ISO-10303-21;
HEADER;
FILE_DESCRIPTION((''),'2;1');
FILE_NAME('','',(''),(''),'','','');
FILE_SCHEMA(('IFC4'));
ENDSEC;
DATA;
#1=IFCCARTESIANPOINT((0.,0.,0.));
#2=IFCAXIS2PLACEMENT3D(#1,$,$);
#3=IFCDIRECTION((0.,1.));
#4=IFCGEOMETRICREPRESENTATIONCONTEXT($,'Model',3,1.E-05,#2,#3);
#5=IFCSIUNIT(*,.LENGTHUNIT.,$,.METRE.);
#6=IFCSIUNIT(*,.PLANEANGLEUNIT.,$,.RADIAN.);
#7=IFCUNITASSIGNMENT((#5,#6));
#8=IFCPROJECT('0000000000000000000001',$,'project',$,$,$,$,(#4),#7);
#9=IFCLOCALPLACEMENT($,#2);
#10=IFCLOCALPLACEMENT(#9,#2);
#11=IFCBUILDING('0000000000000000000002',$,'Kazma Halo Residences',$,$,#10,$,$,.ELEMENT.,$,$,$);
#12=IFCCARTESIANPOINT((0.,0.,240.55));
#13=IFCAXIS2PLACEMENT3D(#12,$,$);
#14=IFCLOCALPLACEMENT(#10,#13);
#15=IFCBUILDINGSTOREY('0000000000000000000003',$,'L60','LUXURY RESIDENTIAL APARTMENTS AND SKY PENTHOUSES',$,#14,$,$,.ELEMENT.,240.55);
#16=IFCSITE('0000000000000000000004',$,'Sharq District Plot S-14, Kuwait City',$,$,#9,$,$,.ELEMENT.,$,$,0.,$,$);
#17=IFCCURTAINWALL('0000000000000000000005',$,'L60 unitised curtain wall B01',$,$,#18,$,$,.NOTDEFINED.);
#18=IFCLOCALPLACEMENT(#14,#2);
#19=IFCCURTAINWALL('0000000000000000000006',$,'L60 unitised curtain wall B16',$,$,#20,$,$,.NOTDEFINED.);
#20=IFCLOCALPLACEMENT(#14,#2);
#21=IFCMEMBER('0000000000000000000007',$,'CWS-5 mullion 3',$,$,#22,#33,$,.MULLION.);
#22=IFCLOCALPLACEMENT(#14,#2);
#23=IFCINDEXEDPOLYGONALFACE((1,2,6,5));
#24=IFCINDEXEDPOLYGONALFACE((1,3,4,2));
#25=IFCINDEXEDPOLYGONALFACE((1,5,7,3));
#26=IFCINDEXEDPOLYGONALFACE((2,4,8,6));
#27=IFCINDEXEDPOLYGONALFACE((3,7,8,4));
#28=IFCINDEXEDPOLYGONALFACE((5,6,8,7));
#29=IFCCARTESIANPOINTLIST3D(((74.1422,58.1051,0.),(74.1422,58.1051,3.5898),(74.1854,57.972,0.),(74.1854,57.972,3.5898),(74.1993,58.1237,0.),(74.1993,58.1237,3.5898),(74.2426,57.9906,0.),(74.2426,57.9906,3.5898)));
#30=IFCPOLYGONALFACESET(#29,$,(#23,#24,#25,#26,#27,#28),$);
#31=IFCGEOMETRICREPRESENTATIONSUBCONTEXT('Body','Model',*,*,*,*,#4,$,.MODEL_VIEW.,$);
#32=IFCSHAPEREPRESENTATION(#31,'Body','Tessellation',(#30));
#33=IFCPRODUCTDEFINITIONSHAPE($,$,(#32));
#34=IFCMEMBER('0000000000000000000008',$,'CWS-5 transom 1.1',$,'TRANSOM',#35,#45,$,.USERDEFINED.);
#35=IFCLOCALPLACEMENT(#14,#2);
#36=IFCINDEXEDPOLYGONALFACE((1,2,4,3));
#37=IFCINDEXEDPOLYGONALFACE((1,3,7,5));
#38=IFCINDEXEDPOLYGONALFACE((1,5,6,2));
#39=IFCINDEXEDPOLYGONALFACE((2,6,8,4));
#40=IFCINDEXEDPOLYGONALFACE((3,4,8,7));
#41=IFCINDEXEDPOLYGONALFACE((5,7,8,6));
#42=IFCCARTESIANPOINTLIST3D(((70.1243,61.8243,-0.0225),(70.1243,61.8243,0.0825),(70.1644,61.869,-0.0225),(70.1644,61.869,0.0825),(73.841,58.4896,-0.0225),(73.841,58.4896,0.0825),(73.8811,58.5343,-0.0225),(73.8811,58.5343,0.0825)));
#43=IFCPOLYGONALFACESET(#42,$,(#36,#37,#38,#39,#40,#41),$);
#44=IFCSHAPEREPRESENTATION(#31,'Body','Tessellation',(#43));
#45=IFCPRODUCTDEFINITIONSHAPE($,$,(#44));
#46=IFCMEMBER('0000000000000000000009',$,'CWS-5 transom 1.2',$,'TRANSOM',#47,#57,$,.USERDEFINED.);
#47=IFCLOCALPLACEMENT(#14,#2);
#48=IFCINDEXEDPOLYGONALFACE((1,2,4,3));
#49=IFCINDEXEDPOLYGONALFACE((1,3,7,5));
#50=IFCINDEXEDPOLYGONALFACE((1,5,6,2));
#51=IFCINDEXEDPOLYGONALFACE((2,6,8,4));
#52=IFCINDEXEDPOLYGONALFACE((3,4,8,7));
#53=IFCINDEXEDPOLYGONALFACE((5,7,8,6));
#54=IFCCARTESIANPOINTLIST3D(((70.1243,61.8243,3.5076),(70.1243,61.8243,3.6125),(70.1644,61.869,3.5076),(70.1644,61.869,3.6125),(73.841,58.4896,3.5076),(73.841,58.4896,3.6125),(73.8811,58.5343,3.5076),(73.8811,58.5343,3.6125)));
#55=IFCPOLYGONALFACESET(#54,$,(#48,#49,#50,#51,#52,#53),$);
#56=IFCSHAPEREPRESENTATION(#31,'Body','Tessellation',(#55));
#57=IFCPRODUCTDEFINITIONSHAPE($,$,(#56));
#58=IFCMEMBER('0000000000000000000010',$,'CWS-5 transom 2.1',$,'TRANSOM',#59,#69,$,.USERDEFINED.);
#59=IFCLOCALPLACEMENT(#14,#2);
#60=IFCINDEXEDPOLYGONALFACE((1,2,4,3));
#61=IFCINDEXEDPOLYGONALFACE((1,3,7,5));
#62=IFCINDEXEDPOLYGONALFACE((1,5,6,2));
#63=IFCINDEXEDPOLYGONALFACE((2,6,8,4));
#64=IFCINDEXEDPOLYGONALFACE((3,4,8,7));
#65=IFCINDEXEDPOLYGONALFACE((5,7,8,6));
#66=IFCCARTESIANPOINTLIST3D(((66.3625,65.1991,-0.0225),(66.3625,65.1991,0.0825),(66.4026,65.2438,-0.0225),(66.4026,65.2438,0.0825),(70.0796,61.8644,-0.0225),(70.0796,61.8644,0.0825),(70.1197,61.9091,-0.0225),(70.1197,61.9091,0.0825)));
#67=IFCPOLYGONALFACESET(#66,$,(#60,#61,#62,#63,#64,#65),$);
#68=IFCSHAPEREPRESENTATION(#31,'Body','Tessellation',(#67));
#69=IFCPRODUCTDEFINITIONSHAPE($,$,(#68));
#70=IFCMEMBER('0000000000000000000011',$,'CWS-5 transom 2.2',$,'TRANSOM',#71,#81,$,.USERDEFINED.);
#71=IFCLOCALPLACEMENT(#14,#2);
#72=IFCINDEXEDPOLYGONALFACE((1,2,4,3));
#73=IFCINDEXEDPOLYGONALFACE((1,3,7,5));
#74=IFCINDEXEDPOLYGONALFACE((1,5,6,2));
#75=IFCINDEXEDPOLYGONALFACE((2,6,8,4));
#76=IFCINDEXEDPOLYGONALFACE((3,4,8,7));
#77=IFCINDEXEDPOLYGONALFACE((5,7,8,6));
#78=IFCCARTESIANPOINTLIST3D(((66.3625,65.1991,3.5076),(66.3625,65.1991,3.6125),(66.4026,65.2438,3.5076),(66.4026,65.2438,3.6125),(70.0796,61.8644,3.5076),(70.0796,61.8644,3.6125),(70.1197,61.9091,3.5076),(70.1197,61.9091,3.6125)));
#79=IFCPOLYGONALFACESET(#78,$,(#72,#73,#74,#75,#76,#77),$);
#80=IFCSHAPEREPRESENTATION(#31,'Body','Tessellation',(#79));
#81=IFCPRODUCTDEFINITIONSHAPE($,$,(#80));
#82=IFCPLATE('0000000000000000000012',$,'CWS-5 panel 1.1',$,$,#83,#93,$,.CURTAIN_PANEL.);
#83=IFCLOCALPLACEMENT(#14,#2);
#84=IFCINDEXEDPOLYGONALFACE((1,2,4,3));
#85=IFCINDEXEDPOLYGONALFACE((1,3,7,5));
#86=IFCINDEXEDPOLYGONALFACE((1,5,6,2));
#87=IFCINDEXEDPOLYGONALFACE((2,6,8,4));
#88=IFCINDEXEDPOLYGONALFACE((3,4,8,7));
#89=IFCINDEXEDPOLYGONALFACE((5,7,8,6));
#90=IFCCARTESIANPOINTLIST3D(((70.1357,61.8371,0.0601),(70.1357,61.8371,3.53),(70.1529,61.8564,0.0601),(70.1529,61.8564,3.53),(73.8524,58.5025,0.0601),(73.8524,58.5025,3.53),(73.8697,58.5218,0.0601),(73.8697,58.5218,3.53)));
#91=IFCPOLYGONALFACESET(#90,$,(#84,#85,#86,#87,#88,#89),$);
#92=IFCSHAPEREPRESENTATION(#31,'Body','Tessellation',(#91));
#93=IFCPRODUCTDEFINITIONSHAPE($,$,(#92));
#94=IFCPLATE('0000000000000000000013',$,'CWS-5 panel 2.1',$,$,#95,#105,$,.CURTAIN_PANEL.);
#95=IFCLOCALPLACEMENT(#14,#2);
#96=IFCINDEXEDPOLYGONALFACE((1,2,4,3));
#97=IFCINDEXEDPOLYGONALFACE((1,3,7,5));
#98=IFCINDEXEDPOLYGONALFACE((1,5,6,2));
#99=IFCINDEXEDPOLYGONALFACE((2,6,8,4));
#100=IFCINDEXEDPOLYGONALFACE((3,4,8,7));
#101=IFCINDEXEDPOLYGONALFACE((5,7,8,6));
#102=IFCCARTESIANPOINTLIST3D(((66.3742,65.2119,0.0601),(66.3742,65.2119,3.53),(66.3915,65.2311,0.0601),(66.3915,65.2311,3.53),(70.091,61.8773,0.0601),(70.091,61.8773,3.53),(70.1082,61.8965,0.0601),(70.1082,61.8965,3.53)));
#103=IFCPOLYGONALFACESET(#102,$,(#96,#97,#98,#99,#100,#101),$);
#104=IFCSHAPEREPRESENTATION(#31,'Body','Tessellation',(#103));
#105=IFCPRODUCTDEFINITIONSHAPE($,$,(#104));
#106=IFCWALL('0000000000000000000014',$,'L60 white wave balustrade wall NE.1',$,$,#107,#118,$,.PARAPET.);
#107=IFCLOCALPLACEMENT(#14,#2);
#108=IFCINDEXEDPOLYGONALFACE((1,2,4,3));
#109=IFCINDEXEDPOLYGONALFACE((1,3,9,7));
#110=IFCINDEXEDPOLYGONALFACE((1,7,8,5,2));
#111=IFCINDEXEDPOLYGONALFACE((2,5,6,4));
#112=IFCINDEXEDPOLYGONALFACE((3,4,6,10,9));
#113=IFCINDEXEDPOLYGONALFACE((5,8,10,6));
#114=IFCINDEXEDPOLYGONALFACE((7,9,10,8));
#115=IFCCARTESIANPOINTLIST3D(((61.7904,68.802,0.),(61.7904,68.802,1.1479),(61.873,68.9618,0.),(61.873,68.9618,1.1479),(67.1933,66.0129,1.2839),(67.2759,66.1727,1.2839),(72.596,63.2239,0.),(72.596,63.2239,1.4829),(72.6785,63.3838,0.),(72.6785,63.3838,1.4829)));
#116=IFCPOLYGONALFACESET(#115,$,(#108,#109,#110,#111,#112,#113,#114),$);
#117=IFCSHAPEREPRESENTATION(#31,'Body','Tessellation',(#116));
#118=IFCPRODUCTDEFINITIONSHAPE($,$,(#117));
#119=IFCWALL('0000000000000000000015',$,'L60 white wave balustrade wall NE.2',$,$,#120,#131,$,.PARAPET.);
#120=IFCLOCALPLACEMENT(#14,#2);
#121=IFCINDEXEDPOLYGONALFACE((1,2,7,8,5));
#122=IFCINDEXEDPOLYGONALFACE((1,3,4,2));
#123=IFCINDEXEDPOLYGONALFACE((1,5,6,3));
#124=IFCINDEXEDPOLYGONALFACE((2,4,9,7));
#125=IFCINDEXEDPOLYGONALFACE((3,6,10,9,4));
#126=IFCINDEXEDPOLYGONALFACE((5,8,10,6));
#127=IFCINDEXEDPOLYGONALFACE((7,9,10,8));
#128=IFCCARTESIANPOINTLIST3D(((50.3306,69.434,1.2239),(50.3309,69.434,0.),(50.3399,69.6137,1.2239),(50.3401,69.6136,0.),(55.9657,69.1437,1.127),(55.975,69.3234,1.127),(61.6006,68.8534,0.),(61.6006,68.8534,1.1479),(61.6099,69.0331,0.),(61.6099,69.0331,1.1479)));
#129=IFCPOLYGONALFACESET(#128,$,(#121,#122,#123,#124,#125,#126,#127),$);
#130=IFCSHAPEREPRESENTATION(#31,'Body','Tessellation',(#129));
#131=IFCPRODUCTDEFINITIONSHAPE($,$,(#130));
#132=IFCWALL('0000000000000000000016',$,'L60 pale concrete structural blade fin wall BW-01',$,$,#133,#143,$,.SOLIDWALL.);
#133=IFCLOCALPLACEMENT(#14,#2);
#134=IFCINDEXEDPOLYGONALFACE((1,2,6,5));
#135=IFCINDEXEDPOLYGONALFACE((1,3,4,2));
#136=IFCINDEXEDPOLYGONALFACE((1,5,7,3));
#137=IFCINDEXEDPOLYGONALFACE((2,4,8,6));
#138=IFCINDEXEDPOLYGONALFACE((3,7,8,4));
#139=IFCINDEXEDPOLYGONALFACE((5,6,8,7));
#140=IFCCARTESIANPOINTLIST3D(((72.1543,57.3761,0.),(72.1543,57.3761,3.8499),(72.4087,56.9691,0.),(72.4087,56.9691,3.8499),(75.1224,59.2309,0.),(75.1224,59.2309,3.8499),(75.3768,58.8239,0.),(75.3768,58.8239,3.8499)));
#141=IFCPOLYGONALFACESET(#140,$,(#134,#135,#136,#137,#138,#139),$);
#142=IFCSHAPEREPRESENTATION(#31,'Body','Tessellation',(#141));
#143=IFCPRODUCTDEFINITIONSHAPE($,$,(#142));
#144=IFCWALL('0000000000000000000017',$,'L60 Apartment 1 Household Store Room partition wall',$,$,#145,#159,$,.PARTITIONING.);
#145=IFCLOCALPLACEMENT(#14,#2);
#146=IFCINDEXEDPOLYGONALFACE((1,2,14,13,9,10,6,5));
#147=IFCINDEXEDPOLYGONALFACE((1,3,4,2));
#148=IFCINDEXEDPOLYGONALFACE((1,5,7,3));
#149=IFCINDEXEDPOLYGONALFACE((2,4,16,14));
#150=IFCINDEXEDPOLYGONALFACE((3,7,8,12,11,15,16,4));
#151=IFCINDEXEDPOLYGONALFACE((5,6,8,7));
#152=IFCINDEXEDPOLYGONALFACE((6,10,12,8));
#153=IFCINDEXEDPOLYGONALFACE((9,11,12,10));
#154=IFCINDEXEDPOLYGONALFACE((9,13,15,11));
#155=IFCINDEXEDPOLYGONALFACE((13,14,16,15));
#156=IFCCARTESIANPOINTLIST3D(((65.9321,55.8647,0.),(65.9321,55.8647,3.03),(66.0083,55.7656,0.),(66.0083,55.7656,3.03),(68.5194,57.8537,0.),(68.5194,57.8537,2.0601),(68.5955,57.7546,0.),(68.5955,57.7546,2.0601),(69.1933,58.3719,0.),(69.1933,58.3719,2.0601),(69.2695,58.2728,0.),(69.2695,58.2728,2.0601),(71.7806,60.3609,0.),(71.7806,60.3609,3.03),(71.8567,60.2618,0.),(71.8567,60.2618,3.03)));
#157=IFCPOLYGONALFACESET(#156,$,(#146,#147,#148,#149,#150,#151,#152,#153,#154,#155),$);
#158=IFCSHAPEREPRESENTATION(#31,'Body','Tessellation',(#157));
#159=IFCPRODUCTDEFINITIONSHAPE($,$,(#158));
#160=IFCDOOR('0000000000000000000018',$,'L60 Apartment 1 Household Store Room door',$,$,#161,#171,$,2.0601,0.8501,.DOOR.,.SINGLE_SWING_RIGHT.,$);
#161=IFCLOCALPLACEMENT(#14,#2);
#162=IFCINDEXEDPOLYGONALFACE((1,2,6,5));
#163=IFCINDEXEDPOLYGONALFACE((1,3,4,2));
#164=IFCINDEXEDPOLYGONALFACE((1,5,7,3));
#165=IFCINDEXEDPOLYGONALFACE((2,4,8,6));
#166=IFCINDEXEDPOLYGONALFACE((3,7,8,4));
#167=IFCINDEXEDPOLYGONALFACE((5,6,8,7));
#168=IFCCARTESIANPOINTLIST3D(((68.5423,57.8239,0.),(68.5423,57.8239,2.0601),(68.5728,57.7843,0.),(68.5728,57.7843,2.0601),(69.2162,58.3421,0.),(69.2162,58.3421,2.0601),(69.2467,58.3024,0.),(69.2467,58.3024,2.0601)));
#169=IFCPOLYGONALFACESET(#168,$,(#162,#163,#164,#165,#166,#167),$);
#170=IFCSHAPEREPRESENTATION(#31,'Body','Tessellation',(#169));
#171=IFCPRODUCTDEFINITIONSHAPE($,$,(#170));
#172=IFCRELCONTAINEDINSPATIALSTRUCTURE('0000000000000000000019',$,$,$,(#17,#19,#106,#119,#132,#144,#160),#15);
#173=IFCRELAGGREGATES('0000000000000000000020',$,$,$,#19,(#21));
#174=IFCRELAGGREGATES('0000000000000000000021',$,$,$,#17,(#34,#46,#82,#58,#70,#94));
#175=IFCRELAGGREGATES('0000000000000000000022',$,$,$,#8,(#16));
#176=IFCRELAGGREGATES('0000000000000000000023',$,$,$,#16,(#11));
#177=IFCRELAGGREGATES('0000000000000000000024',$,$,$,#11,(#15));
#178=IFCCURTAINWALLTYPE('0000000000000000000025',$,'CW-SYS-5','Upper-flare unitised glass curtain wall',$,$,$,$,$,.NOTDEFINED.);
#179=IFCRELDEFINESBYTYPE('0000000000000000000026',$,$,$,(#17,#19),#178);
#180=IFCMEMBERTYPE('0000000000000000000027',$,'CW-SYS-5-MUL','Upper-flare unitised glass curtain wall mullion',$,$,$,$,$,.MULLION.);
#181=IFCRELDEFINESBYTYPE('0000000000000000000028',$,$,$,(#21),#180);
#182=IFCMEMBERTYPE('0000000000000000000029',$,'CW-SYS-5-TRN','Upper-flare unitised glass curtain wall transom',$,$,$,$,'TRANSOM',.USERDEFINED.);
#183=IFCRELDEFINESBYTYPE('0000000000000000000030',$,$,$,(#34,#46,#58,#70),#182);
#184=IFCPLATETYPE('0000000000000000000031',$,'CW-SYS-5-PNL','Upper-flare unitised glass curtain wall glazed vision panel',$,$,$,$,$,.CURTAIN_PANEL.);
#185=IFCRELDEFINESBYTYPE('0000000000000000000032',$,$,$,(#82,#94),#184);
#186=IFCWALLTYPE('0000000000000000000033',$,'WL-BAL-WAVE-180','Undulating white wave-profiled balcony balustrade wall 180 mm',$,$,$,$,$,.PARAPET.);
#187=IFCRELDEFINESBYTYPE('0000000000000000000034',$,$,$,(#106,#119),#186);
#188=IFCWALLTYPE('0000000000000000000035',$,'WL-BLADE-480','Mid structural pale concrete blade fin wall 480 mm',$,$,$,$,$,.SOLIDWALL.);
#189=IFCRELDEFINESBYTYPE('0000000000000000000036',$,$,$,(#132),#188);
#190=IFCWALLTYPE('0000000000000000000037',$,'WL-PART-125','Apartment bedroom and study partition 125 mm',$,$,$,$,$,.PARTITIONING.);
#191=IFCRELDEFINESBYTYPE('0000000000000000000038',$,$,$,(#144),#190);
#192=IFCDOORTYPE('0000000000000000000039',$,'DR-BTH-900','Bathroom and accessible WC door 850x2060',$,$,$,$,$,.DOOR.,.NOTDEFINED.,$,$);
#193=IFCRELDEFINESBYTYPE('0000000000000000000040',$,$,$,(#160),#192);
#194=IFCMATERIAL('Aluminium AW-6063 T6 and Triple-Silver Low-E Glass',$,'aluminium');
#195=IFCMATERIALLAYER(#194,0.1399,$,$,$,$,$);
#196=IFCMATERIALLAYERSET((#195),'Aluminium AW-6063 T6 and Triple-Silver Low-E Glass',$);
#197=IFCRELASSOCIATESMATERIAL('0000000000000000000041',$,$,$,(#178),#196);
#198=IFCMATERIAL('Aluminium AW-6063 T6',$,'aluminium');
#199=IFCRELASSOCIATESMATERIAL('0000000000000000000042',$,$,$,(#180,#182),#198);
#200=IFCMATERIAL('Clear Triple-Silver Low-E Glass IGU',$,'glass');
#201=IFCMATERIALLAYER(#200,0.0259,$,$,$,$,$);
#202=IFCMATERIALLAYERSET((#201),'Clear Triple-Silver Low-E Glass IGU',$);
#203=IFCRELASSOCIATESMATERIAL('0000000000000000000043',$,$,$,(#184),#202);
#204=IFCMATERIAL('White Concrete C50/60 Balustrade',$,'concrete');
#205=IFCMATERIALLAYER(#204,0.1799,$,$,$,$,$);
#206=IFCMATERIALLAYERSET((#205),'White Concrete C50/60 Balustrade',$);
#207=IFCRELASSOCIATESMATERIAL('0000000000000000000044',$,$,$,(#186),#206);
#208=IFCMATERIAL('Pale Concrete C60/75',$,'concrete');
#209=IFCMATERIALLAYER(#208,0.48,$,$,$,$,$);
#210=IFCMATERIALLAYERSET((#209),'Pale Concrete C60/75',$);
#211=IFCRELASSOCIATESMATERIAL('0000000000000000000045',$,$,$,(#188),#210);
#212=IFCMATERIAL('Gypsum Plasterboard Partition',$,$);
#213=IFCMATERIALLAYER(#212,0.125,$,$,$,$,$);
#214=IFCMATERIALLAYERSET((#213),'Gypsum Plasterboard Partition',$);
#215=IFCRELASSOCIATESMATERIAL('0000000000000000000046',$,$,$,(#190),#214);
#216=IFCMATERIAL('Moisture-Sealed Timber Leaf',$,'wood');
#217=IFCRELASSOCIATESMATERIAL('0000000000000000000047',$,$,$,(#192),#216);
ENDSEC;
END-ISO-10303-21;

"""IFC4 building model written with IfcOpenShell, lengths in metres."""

from ifc_helpers import new_model, si_unit, direction, frame, frame_2d, origin, origin_2d, place, context, subcontext, project, spatial, polyline, rectangle, outline, extrude, material, layer, layer_set, material_profile, profile_set, type_object, element, fill, aggregate, save


model = new_model("IFC4")

# Units and contexts
model_context = context("Model", 3, precision=1e-05, world=origin(), true_north=direction((0.0, 1.0)))
body_context = subcontext(model_context, "Body", "Model", "MODEL_VIEW")
ifc_project = project(units=[si_unit("LENGTHUNIT", "METRE"), si_unit("PLANEANGLEUNIT", "RADIAN")], contexts=[model_context])

# Site, building, storey
site_placement = place(None, origin())
site = spatial("IfcSite", under=ifc_project, at=site_placement, Name="Sharq District Plot S-14, Kuwait City", CompositionType="ELEMENT", RefElevation=0.0)
building_placement = place(site_placement, origin())
building = spatial("IfcBuilding", under=site, at=building_placement, Name="Kazma Halo Residences", CompositionType="ELEMENT")
storey_placement = place(building_placement, frame((0.0, 0.0, 240.55)))
storey = spatial("IfcBuildingStorey", under=building, at=storey_placement, Name="L60", Description="LUXURY RESIDENTIAL APARTMENTS AND SKY PENTHOUSES", CompositionType="ELEMENT", Elevation=240.55)

# Curtain wall
ifc_material_1 = material(Name="Aluminium AW-6063 T6 and Triple-Silver Low-E Glass", Category="aluminium")
ifc_layer_1 = layer(ifc_material_1, 0.1399)
ifc_layer_set_1 = layer_set([ifc_layer_1], Name="Aluminium AW-6063 T6 and Triple-Silver Low-E Glass")
curtain_wall_type = type_object("IfcCurtainWallType", Name="CW-SYS-5", Description="Upper-flare unitised glass curtain wall", PredefinedType="NOTDEFINED", material=ifc_layer_set_1)
curtain_wall_1_placement = place(storey_placement, origin())
curtain_wall_1 = element("IfcCurtainWall", 1, at=curtain_wall_1_placement, inside=storey, type_object=curtain_wall_type, Name="L60 unitised curtain wall B01", PredefinedType="NOTDEFINED")
ifc_material_2 = material(Name="Aluminium AW-6063 T6", Category="aluminium")
ifc_material_profile_1 = material_profile(ifc_material_2, rectangle(XDim=0.0601, YDim=0.1399, at=origin_2d()), Name="CWM-60x140")
ifc_profile_set_1 = profile_set([ifc_material_profile_1], Name="Aluminium AW-6063 T6")
member_type_1 = type_object("IfcMemberType", Name="CW-SYS-5-MUL", Description="Upper-flare unitised glass curtain wall mullion", PredefinedType="MULLION", material=ifc_profile_set_1)

# Curtain wall, member
curtain_wall_2_placement = place(storey_placement, origin())
curtain_wall_2 = element("IfcCurtainWall", 2, at=curtain_wall_2_placement, inside=storey, type_object=curtain_wall_type, Name="L60 unitised curtain wall B16", PredefinedType="NOTDEFINED")
member_1_placement = place(storey_placement, frame((74.1924, 58.0479, 0.0), z_axis=(0.0, 0.0, 1.0), x_axis=(-0.951058, -0.309011, 0.0)))
member_1 = element("IfcMember", 3, at=member_1_placement, type_object=member_type_1, Name="CWS-5 mullion 3", PredefinedType="MULLION", context=body_context, shape_type="SweptSolid", body=[
    extrude(rectangle(XDim=0.0601, YDim=0.1399, at=origin_2d()), origin(), (0.0, 0.0, 1.0), 3.5898),
])
aggregate(curtain_wall_2, [member_1])

# Members
ifc_material_profile_2 = material_profile(ifc_material_2, rectangle(XDim=0.0601, YDim=0.105, at=origin_2d()), Name="CWT-60x105")
ifc_profile_set_2 = profile_set([ifc_material_profile_2], Name="Aluminium AW-6063 T6")
member_type_2 = type_object("IfcMemberType", Name="CW-SYS-5-TRN", Description="Upper-flare unitised glass curtain wall transom", ElementType="TRANSOM", PredefinedType="USERDEFINED", material=ifc_profile_set_2)
member_2_placement = place(storey_placement, frame((73.8611, 58.512, 0.03), z_axis=(-0.744329, 0.667813, 0.0), x_axis=(-0.667813, -0.744329, 0.0)))
member_2 = element("IfcMember", 4, at=member_2_placement, type_object=member_type_2, Name="CWS-5 transom 1.1", ObjectType="TRANSOM", PredefinedType="USERDEFINED", context=body_context, shape_type="SweptSolid", body=[
    extrude(rectangle(XDim=0.0601, YDim=0.105, at=origin_2d()), origin(), (0.0, 0.0, 1.0), 4.9934),
])
member_3_placement = place(storey_placement, frame((73.8611, 58.512, 3.5601), z_axis=(-0.744329, 0.667813, 0.0), x_axis=(-0.667813, -0.744329, 0.0)))
member_3 = element("IfcMember", 5, at=member_3_placement, type_object=member_type_2, Name="CWS-5 transom 1.2", ObjectType="TRANSOM", PredefinedType="USERDEFINED", context=body_context, shape_type="SweptSolid", body=[
    extrude(rectangle(XDim=0.0601, YDim=0.105, at=origin_2d()), origin(), (0.0, 0.0, 1.0), 4.9934),
])
member_4_placement = place(storey_placement, frame((70.0996, 61.8867, 0.03), z_axis=(-0.744351, 0.667789, 0.0), x_axis=(-0.667789, -0.744351, 0.0)))
member_4 = element("IfcMember", 6, at=member_4_placement, type_object=member_type_2, Name="CWS-5 transom 2.1", ObjectType="TRANSOM", PredefinedType="USERDEFINED", context=body_context, shape_type="SweptSolid", body=[
    extrude(rectangle(XDim=0.0601, YDim=0.105, at=origin_2d()), origin(), (0.0, 0.0, 1.0), 4.9937),
])
member_5_placement = place(storey_placement, frame((70.0996, 61.8867, 3.5601), z_axis=(-0.744351, 0.667789, 0.0), x_axis=(-0.667789, -0.744351, 0.0)))
member_5 = element("IfcMember", 7, at=member_5_placement, type_object=member_type_2, Name="CWS-5 transom 2.2", ObjectType="TRANSOM", PredefinedType="USERDEFINED", context=body_context, shape_type="SweptSolid", body=[
    extrude(rectangle(XDim=0.0601, YDim=0.105, at=origin_2d()), origin(), (0.0, 0.0, 1.0), 4.9937),
])

# Plates
ifc_material_3 = material(Name="Clear Triple-Silver Low-E Glass IGU", Category="glass")
ifc_layer_2 = layer(ifc_material_3, 0.0259)
ifc_layer_set_2 = layer_set([ifc_layer_2], Name="Clear Triple-Silver Low-E Glass IGU")
plate_type = type_object("IfcPlateType", Name="CW-SYS-5-PNL", Description="Upper-flare unitised glass curtain wall glazed vision panel", PredefinedType="CURTAIN_PANEL", material=ifc_layer_set_2)
plate_1_placement = place(storey_placement, frame((72.0027, 60.1794, 0.0601), z_axis=(0.0, 0.0, 1.0), x_axis=(-0.744336, 0.667805, 0.0)))
plate_1 = element("IfcPlate", 8, at=plate_1_placement, type_object=plate_type, Name="CWS-5 panel 1.1", PredefinedType="CURTAIN_PANEL", context=body_context, shape_type="SweptSolid", body=[
    extrude(rectangle(XDim=4.9934, YDim=0.0259, at=origin_2d()), origin(), (0.0, 0.0, 1.0), 3.47),
])
plate_2_placement = place(storey_placement, frame((68.2412, 63.5542, 0.0601), z_axis=(0.0, 0.0, 1.0), x_axis=(-0.744336, 0.667805, 0.0)))
plate_2 = element("IfcPlate", 9, at=plate_2_placement, type_object=plate_type, Name="CWS-5 panel 2.1", PredefinedType="CURTAIN_PANEL", context=body_context, shape_type="SweptSolid", body=[
    extrude(rectangle(XDim=4.9934, YDim=0.0259, at=origin_2d()), origin(), (0.0, 0.0, 1.0), 3.47),
])
aggregate(curtain_wall_1, [member_2, member_3, plate_1, member_4, member_5, plate_2])

# Walls
ifc_material_4 = material(Name="White Concrete C50/60 Balustrade", Category="concrete")
ifc_layer_3 = layer(ifc_material_4, 0.1799)
ifc_layer_set_3 = layer_set([ifc_layer_3], Name="White Concrete C50/60 Balustrade")
wall_type_1 = type_object("IfcWallType", Name="WL-BAL-WAVE-180", Description="Undulating white wave-profiled balcony balustrade wall 180 mm", PredefinedType="PARAPET", material=ifc_layer_set_3)
wall_1_placement = place(storey_placement, frame((72.6372, 63.3037, 0.0), z_axis=(0.0, 0.0, 1.0), x_axis=(-0.888587, 0.458708, 0.0)))
element("IfcWall", 10, at=wall_1_placement, inside=storey, type_object=wall_type_1, Name="L60 white wave balustrade wall NE.1", PredefinedType="PARAPET", context=body_context, shape_type="SweptSolid", body=[
    extrude(outline(polyline([(0.0, 0.0), (12.1604, 0.0), (12.1604, 1.1479), (6.0801, 1.2839), (0.0, 1.4829), (0.0, 0.0)])), frame((0.0, 0.0898, 0.0), z_axis=(0.0, -1.0, 0.0), x_axis=(1.0, 0.0, 0.0)), (0.0, 0.0, 1.0), 0.1799),
])
wall_2_placement = place(storey_placement, frame((61.6052, 68.9431, 0.0), z_axis=(0.0, 0.0, 1.0), x_axis=(-0.998676, 0.051447, 0.0)))
element("IfcWall", 11, at=wall_2_placement, inside=storey, type_object=wall_type_1, Name="L60 white wave balustrade wall NE.2", PredefinedType="PARAPET", context=body_context, shape_type="SweptSolid", body=[
    extrude(outline(polyline([(0.0, 0.0), (11.2847, 0.0), (11.2849, 1.2239), (5.6423, 1.127), (0.0, 1.1479), (0.0, 0.0)])), frame((0.0, 0.0898, 0.0), z_axis=(0.0, -1.0, 0.0), x_axis=(1.0, 0.0, 0.0)), (0.0, 0.0, 1.0), 0.1799),
])
ifc_material_5 = material(Name="Pale Concrete C60/75", Category="concrete")
ifc_layer_4 = layer(ifc_material_5, 0.48)
ifc_layer_set_4 = layer_set([ifc_layer_4], Name="Pale Concrete C60/75")
wall_type_2 = type_object("IfcWallType", Name="WL-BLADE-480", Description="Mid structural pale concrete blade fin wall 480 mm", PredefinedType="SOLIDWALL", material=ifc_layer_set_4)
wall_3_placement = place(storey_placement, frame((72.2815, 57.1726, 0.0), z_axis=(0.0, 0.0, 1.0), x_axis=(0.848034, 0.529943, 0.0)))
element("IfcWall", 12, at=wall_3_placement, inside=storey, type_object=wall_type_2, Name="L60 pale concrete structural blade fin wall BW-01", PredefinedType="SOLIDWALL", context=body_context, shape_type="SweptSolid", body=[
    extrude(rectangle(XDim=3.5, YDim=0.48, at=frame_2d((1.75, 0.0))), origin(), (0.0, 0.0, 1.0), 3.8499),
])

# Wall, opening, door
ifc_material_6 = material(Name="Gypsum Plasterboard Partition")
ifc_layer_5 = layer(ifc_material_6, 0.125)
ifc_layer_set_5 = layer_set([ifc_layer_5], Name="Gypsum Plasterboard Partition")
wall_type_3 = type_object("IfcWallType", Name="WL-PART-125", Description="Apartment bedroom and study partition 125 mm", PredefinedType="PARTITIONING", material=ifc_layer_set_5)
wall_4_placement = place(storey_placement, frame((65.9702, 55.8152, 0.0), z_axis=(0.0, 0.0, 1.0), x_axis=(0.792799, 0.609484, 0.0)))
wall_4 = element("IfcWall", 13, at=wall_4_placement, inside=storey, type_object=wall_type_3, Name="L60 Apartment 1 Household Store Room partition wall", PredefinedType="PARTITIONING", context=body_context, shape_type="SweptSolid", body=[
    extrude(rectangle(XDim=7.377, YDim=0.125, at=frame_2d((3.6885, 0.0))), origin(), (0.0, 0.0, 1.0), 3.03),
])
opening_1_placement = place(wall_4_placement, frame((3.2634, 0.0, 0.0)))
opening_1 = element("IfcOpeningElement", 14, at=opening_1_placement, cuts=wall_4, PredefinedType="OPENING", context=body_context, shape_type="SweptSolid", body=[
    extrude(rectangle(XDim=0.8501, YDim=2.0601, at=frame_2d((0.425, 1.03))), frame((0.0, 0.0725, 0.0), z_axis=(0.0, -1.0, 0.0), x_axis=(1.0, 0.0, 0.0)), (0.0, 0.0, 1.0), 0.145),
])
ifc_material_7 = material(Name="Moisture-Sealed Timber Leaf", Category="wood")
door_type_1 = type_object("IfcDoorType", Name="DR-BTH-900", Description="Bathroom and accessible WC door 850x2060", OperationType="NOTDEFINED", PredefinedType="DOOR", material=ifc_material_7)
door_1_placement = place(opening_1_placement, origin())
door_1 = element("IfcDoor", 15, at=door_1_placement, inside=storey, type_object=door_type_1, Name="L60 Apartment 1 Household Store Room door", OperationType="SINGLE_SWING_RIGHT", OverallHeight=2.0601, OverallWidth=0.8501, PredefinedType="DOOR", context=body_context, shape_type="SweptSolid", body=[
    extrude(rectangle(XDim=0.8501, YDim=2.0601, at=frame_2d((0.425, 1.03))), frame((0.0, 0.0249, 0.0), z_axis=(0.0, -1.0, 0.0), x_axis=(1.0, 0.0, 0.0)), (0.0, 0.0, 1.0), 0.05),
])
fill(opening_1, door_1)

save(model, "model.ifc")
